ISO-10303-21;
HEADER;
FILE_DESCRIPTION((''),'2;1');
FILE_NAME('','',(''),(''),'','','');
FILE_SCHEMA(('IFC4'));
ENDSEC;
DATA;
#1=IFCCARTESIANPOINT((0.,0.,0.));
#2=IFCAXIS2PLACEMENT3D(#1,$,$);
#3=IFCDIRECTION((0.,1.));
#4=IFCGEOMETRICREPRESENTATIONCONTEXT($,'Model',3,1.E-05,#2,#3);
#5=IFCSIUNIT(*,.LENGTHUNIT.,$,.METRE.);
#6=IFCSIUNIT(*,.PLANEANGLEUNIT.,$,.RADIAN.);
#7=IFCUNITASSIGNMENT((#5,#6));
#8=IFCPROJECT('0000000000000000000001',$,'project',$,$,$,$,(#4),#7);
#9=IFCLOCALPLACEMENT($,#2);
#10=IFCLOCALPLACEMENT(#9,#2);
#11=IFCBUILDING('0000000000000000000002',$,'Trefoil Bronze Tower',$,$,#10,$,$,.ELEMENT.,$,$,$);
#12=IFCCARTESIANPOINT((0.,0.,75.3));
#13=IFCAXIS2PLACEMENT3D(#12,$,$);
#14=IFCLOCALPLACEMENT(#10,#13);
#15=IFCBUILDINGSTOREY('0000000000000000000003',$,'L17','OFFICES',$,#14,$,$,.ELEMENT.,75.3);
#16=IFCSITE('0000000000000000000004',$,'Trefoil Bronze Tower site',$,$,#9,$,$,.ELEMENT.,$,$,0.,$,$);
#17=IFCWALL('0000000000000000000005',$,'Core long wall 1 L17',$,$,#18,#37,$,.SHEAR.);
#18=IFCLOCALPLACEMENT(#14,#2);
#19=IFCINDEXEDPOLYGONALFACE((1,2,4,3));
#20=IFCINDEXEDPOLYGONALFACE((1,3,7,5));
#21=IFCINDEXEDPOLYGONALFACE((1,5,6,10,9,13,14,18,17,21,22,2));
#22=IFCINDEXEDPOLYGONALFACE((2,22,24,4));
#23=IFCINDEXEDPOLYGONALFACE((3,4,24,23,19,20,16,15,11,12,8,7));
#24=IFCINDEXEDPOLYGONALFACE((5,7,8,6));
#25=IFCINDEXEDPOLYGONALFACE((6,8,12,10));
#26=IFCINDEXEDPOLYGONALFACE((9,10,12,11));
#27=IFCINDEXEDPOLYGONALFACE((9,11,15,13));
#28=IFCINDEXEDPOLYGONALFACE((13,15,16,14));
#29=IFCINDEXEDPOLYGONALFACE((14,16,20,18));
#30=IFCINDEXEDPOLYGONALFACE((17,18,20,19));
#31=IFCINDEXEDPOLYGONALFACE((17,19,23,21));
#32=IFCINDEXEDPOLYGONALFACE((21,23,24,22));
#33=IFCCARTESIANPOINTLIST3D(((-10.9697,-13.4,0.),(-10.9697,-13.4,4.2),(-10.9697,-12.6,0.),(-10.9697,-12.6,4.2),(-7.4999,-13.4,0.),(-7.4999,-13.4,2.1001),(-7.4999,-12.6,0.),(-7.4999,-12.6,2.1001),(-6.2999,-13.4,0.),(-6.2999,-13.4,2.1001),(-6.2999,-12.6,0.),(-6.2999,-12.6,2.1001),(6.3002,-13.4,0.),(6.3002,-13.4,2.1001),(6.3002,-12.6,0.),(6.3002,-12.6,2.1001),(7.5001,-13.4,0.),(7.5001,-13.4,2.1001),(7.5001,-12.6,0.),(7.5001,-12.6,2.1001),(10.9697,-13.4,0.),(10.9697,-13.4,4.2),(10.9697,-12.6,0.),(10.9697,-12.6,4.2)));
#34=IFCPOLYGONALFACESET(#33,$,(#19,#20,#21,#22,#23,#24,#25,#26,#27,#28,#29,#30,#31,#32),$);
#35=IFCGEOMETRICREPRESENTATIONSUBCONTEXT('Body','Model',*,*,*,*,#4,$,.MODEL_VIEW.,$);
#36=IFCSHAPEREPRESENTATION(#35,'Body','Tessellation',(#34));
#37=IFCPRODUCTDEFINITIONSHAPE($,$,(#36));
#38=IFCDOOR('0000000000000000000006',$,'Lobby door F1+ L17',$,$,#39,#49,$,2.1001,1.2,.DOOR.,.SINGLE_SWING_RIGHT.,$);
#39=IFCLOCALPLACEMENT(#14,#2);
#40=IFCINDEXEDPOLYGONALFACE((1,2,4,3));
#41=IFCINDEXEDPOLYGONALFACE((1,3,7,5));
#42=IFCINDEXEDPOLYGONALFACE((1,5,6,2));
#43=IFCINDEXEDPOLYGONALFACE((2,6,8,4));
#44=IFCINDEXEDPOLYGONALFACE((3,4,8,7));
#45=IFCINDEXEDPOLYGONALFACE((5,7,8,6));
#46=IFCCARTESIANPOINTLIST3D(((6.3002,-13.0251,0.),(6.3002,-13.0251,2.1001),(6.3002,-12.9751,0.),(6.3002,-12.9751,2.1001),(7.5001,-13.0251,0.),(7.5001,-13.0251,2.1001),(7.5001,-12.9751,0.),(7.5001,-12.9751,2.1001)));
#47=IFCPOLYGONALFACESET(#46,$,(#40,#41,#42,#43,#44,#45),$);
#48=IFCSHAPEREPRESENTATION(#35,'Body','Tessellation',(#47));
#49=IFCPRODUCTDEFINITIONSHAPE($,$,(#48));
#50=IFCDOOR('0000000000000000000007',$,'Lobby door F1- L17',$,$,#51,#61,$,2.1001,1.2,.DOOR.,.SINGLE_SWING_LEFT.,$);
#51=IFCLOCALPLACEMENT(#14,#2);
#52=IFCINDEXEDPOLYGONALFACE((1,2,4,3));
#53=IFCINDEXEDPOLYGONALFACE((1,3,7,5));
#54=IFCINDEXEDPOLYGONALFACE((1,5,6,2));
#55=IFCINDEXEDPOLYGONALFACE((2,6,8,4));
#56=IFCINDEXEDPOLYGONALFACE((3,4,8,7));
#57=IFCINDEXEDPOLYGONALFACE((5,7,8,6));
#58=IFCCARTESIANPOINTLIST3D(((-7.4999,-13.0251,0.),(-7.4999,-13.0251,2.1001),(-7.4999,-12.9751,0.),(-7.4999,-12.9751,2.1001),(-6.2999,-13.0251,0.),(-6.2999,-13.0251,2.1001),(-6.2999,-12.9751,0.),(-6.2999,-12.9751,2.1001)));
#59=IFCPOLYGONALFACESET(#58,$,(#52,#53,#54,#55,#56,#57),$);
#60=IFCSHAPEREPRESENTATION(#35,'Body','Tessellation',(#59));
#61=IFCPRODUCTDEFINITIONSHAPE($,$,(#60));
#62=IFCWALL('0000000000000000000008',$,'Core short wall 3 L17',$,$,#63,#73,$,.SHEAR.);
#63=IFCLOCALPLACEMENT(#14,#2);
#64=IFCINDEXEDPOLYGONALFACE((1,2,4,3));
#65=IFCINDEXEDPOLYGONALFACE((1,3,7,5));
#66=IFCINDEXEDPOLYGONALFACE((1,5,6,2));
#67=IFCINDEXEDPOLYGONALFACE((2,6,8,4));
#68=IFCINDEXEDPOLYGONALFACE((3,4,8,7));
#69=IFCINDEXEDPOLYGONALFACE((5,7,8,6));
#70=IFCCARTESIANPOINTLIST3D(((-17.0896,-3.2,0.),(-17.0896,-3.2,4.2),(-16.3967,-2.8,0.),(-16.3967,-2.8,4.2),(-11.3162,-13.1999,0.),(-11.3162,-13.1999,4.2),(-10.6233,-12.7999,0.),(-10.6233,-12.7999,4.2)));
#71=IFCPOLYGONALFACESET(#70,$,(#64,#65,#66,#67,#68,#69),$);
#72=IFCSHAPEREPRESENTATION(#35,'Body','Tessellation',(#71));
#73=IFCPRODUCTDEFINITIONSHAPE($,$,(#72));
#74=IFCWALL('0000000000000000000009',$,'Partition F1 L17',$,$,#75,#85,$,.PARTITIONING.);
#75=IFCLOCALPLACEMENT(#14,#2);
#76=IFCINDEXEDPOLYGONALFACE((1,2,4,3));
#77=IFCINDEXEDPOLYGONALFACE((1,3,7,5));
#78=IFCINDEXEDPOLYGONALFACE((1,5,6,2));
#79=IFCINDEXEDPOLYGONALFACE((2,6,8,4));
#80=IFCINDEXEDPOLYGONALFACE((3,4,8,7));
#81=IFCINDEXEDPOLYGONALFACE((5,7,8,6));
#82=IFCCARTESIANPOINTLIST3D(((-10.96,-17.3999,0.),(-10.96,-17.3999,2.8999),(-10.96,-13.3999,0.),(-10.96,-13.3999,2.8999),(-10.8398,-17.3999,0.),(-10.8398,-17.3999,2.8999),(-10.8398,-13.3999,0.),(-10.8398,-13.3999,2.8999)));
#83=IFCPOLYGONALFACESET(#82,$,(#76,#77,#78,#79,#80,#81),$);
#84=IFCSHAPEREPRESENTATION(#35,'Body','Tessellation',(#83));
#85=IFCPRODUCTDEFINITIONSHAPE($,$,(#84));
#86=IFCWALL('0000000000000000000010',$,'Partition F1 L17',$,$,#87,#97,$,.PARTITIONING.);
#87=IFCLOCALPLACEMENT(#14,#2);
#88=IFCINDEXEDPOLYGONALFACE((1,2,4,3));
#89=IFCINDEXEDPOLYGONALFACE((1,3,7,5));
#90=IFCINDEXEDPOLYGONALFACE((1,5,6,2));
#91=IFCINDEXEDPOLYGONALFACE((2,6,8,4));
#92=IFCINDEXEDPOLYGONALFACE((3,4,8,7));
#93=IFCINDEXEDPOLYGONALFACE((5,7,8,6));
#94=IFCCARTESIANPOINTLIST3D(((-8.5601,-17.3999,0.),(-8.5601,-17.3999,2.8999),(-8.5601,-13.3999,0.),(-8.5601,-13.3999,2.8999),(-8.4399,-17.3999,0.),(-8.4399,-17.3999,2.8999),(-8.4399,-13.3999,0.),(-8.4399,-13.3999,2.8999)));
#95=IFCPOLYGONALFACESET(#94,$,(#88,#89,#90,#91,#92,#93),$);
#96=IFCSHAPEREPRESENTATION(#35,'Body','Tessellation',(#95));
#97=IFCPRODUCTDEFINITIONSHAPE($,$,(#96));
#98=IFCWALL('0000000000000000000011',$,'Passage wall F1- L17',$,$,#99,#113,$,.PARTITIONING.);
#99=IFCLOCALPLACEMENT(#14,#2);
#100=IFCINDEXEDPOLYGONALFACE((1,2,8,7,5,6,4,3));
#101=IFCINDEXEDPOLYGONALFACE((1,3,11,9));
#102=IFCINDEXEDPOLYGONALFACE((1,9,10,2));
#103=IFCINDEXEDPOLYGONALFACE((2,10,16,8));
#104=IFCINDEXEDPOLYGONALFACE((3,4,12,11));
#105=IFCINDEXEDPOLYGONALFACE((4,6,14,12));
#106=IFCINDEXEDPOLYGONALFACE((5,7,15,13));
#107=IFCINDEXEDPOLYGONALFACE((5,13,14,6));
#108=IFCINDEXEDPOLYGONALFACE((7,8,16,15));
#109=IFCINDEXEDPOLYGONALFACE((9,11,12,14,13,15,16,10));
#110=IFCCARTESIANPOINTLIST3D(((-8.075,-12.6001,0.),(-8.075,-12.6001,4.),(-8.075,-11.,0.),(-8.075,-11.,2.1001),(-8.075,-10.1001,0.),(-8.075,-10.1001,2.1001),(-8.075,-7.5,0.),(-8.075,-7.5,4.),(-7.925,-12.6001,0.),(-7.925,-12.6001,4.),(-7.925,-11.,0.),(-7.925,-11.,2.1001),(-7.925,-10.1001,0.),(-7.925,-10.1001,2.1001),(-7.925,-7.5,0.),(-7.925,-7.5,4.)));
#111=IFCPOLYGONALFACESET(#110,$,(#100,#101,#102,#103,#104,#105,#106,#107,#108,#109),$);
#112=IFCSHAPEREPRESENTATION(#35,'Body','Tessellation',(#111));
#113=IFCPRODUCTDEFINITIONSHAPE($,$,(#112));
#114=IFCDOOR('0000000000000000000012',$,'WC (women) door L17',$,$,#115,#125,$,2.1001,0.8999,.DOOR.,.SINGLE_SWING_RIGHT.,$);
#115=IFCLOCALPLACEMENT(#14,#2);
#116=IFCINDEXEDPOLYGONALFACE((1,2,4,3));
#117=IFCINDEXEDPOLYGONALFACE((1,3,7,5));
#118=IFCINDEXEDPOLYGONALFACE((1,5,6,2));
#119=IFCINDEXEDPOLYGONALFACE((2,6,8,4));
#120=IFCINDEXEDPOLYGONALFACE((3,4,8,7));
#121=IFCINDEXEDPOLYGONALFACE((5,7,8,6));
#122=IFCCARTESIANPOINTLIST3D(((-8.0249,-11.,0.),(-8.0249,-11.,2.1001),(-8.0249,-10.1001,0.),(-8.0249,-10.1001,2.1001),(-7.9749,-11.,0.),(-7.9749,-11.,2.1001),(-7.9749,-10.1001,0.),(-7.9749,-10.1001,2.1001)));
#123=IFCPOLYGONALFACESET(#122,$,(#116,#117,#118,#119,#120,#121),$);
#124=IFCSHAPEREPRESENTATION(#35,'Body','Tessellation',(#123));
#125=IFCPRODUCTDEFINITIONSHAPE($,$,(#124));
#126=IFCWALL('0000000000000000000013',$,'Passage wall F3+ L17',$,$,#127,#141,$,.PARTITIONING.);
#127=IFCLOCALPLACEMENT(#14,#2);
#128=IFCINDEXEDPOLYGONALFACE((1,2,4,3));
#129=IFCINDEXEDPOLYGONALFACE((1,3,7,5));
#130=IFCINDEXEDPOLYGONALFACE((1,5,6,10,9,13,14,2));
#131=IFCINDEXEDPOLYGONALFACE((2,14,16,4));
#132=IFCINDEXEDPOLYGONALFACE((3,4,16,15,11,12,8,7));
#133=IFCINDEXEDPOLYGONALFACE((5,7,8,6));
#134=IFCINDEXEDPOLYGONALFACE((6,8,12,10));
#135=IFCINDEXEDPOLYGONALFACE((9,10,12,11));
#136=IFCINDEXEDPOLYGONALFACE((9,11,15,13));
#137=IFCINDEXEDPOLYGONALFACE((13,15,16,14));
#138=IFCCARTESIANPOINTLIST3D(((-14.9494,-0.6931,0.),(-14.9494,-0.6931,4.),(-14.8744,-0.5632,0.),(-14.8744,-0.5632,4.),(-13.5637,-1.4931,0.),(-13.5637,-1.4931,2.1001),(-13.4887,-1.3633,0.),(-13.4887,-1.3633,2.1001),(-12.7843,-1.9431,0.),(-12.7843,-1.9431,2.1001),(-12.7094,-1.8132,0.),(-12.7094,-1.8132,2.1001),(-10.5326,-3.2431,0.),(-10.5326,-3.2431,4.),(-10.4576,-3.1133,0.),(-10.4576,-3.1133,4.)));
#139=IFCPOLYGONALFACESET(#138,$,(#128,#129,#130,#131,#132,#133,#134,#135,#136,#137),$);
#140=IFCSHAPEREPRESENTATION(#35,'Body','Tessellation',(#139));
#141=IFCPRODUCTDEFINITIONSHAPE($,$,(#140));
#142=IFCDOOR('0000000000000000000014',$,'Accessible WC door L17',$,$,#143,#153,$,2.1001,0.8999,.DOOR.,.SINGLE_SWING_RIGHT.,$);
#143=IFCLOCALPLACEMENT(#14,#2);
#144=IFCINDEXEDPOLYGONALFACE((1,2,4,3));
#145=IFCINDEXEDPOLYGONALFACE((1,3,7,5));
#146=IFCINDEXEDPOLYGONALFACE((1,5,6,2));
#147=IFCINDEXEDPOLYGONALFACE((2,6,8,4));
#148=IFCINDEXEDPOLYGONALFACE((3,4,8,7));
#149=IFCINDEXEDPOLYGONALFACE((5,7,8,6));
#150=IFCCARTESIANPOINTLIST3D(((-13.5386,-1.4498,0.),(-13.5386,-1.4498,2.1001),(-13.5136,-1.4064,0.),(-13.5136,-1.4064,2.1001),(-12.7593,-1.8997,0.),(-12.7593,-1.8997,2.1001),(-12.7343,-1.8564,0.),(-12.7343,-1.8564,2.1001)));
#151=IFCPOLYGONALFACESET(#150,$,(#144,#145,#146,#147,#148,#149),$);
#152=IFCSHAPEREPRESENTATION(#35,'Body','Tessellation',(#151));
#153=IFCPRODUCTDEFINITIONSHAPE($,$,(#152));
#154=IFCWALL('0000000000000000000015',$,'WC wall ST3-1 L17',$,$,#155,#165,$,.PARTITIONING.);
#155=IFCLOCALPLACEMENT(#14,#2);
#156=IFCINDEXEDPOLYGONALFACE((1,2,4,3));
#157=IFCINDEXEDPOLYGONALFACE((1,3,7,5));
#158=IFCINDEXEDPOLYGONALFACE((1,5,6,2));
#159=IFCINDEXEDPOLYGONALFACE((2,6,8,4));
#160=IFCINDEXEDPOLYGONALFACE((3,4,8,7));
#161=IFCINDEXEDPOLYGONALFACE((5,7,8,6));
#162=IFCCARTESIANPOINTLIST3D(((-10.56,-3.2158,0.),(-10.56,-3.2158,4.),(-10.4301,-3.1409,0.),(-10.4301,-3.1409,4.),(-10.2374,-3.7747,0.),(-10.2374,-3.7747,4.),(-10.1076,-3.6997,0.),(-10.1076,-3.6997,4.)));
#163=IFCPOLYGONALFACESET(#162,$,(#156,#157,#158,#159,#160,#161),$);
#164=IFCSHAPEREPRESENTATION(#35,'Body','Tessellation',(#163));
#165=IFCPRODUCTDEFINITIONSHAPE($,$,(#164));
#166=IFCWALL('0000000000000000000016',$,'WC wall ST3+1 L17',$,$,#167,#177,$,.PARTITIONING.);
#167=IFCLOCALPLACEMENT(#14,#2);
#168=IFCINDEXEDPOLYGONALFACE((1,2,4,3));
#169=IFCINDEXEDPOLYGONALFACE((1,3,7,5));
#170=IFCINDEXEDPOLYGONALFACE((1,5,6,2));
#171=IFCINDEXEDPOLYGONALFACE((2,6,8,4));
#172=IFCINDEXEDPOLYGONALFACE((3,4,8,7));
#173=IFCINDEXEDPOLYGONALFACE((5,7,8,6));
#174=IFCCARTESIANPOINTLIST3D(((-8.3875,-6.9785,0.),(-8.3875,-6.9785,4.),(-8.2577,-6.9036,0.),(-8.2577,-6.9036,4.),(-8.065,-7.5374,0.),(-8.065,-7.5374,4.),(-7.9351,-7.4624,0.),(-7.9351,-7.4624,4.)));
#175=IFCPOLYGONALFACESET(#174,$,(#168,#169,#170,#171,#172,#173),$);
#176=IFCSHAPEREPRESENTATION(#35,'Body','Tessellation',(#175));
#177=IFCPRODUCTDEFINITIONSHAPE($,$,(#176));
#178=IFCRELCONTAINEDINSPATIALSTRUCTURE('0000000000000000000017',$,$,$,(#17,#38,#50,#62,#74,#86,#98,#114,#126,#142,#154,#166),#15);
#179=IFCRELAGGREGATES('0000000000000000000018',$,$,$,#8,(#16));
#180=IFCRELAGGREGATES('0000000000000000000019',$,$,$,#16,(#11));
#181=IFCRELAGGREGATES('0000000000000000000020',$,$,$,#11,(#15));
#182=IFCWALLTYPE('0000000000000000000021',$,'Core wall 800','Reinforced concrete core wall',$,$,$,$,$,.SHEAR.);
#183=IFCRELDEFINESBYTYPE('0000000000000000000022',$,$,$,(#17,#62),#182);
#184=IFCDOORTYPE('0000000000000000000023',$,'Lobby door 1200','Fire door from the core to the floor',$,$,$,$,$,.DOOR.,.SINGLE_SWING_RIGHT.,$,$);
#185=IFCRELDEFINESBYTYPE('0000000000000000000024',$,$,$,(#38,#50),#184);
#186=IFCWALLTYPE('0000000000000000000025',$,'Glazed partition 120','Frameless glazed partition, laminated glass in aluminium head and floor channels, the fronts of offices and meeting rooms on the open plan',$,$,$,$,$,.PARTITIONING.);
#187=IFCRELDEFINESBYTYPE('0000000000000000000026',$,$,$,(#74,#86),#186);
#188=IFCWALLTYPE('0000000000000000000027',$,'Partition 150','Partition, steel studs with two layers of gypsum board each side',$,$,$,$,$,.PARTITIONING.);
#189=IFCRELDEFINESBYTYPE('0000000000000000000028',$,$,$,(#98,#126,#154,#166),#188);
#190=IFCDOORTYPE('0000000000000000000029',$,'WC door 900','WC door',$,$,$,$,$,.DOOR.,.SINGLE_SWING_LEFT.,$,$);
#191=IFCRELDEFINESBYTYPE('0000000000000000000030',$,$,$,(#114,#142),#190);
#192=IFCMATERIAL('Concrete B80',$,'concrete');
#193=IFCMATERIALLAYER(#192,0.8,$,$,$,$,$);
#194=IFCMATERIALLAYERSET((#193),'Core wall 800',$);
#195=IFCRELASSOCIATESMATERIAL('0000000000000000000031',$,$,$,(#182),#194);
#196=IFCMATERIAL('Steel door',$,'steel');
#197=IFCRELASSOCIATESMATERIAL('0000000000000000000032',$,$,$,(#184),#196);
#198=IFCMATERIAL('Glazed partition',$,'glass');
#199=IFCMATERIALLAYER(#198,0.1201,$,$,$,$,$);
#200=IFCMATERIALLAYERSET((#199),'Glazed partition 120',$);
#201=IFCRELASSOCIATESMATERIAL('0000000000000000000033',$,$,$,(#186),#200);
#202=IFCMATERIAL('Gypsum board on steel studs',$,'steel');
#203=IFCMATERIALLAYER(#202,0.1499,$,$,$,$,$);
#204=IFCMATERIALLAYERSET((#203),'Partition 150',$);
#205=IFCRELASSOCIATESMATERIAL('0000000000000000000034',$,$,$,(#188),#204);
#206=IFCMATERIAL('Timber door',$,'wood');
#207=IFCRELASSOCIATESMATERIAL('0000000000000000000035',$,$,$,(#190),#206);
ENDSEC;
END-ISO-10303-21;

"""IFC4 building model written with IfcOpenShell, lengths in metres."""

from ifc_helpers import new_model, si_unit, direction, frame, frame_2d, origin, place, context, subcontext, project, spatial, rectangle, extrude, material, layer, layer_set, type_object, element, fill, save


model = new_model("IFC4")

# Units and contexts
model_context = context("Model", 3, precision=1e-05, world=origin(), true_north=direction((0.0, 1.0)))
body_context = subcontext(model_context, "Body", "Model", "MODEL_VIEW")
ifc_project = project(units=[si_unit("LENGTHUNIT", "METRE"), si_unit("PLANEANGLEUNIT", "RADIAN")], contexts=[model_context])

# Site, building, storey
site_placement = place(None, origin())
site = spatial("IfcSite", under=ifc_project, at=site_placement, Name="Trefoil Bronze Tower site", CompositionType="ELEMENT", RefElevation=0.0)
building_placement = place(site_placement, origin())
building = spatial("IfcBuilding", under=site, at=building_placement, Name="Trefoil Bronze Tower", CompositionType="ELEMENT")
storey_placement = place(building_placement, frame((0.0, 0.0, 75.3)))
storey = spatial("IfcBuildingStorey", under=building, at=storey_placement, Name="L17", Description="OFFICES", CompositionType="ELEMENT", Elevation=75.3)

# Wall, openings, doors
ifc_material_1 = material(Name="Concrete B80", Category="concrete")
ifc_layer_1 = layer(ifc_material_1, 0.8)
ifc_layer_set_1 = layer_set([ifc_layer_1], Name="Core wall 800")
wall_type_1 = type_object("IfcWallType", Name="Core wall 800", Description="Reinforced concrete core wall", PredefinedType="SHEAR", material=ifc_layer_set_1)
wall_1_placement = place(storey_placement, frame((-10.9697, -13.0, 0.0), z_axis=(0.0, 0.0, 1.0), x_axis=(1.0, 0.0, 0.0)))
wall_1 = element("IfcWall", 1, at=wall_1_placement, inside=storey, type_object=wall_type_1, Name="Core long wall 1 L17", PredefinedType="SHEAR", context=body_context, shape_type="SweptSolid", body=[
    extrude(rectangle(XDim=21.9395, YDim=0.8, at=frame_2d((10.9697, 0.0))), origin(), (0.0, 0.0, 1.0), 4.2),
])
opening_1_placement = place(wall_1_placement, frame((17.2698, 0.0, 0.0)))
opening_1 = element("IfcOpeningElement", 2, at=opening_1_placement, cuts=wall_1, PredefinedType="OPENING", context=body_context, shape_type="SweptSolid", body=[
    extrude(rectangle(XDim=1.2, YDim=2.1001, at=frame_2d((0.6001, 1.05))), frame((0.0, 0.4099, 0.0), z_axis=(0.0, -1.0, 0.0), x_axis=(1.0, 0.0, 0.0)), (0.0, 0.0, 1.0), 0.8201),
])
opening_2_placement = place(wall_1_placement, frame((3.4697, 0.0, 0.0)))
opening_2 = element("IfcOpeningElement", 3, at=opening_2_placement, cuts=wall_1, PredefinedType="OPENING", context=body_context, shape_type="SweptSolid", body=[
    extrude(rectangle(XDim=1.2, YDim=2.1001, at=frame_2d((0.6001, 1.05))), frame((0.0, 0.4099, 0.0), z_axis=(0.0, -1.0, 0.0), x_axis=(1.0, 0.0, 0.0)), (0.0, 0.0, 1.0), 0.8201),
])
ifc_material_2 = material(Name="Steel door", Category="steel")
door_type_1 = type_object("IfcDoorType", Name="Lobby door 1200", Description="Fire door from the core to the floor", OperationType="SINGLE_SWING_RIGHT", PredefinedType="DOOR", material=ifc_material_2)
door_1_placement = place(opening_1_placement, origin())
door_1 = element("IfcDoor", 4, at=door_1_placement, inside=storey, type_object=door_type_1, Name="Lobby door F1+ L17", OperationType="SINGLE_SWING_RIGHT", OverallHeight=2.1001, OverallWidth=1.2, PredefinedType="DOOR", context=body_context, shape_type="SweptSolid", body=[
    extrude(rectangle(XDim=1.2, YDim=2.1001, at=frame_2d((0.6001, 1.05))), frame((0.0, 0.0249, 0.0), z_axis=(0.0, -1.0, 0.0), x_axis=(1.0, 0.0, 0.0)), (0.0, 0.0, 1.0), 0.05),
])
fill(opening_1, door_1)
door_2_placement = place(opening_2_placement, origin())
door_2 = element("IfcDoor", 5, at=door_2_placement, inside=storey, type_object=door_type_1, Name="Lobby door F1- L17", OperationType="SINGLE_SWING_LEFT", OverallHeight=2.1001, OverallWidth=1.2, PredefinedType="DOOR", context=body_context, shape_type="SweptSolid", body=[
    extrude(rectangle(XDim=1.2, YDim=2.1001, at=frame_2d((0.6001, 1.05))), frame((0.0, 0.0249, 0.0), z_axis=(0.0, -1.0, 0.0), x_axis=(1.0, 0.0, 0.0)), (0.0, 0.0, 1.0), 0.05),
])
fill(opening_2, door_2)

# Walls
wall_2_placement = place(storey_placement, frame((-16.7432, -3.0, 0.0), z_axis=(0.0, 0.0, 1.0), x_axis=(0.499996, -0.866028, 0.0)))
element("IfcWall", 6, at=wall_2_placement, inside=storey, type_object=wall_type_1, Name="Core short wall 3 L17", PredefinedType="SHEAR", context=body_context, shape_type="SweptSolid", body=[
    extrude(rectangle(XDim=11.5469, YDim=0.8, at=frame_2d((5.7734, 0.0))), origin(), (0.0, 0.0, 1.0), 4.2),
])
ifc_material_3 = material(Name="Glazed partition", Category="glass")
ifc_layer_2 = layer(ifc_material_3, 0.1201)
ifc_layer_set_2 = layer_set([ifc_layer_2], Name="Glazed partition 120")
wall_type_2 = type_object("IfcWallType", Name="Glazed partition 120", Description="Frameless glazed partition, laminated glass in aluminium head and floor channels, the fronts of offices and meeting rooms on the open plan", PredefinedType="PARTITIONING", material=ifc_layer_set_2)
for number, where, z_axis, x_axis, name in (
    (7, (-10.8999, -13.3999, 0.0), (0.0, 0.0, 1.0), (0.0, -1.0, 0.0), "Partition F1 L17"),
    (8, (-8.5, -13.3999, 0.0), (0.0, 0.0, 1.0), (0.0, -1.0, 0.0), "Partition F1 L17"),
):
    element("IfcWall", number, at=place(storey_placement, frame(where, z_axis=z_axis, x_axis=x_axis)), inside=storey, type_object=wall_type_2, Name=name, PredefinedType="PARTITIONING", context=body_context, shape_type="SweptSolid", body=[
        extrude(rectangle(XDim=4.0, YDim=0.1201, at=frame_2d((2.0, 0.0))), origin(), (0.0, 0.0, 1.0), 2.8999),
    ])

# Walls, openings, doors
ifc_material_4 = material(Name="Gypsum board on steel studs", Category="steel")
ifc_layer_3 = layer(ifc_material_4, 0.1499)
ifc_layer_set_3 = layer_set([ifc_layer_3], Name="Partition 150")
wall_type_3 = type_object("IfcWallType", Name="Partition 150", Description="Partition, steel studs with two layers of gypsum board each side", PredefinedType="PARTITIONING", material=ifc_layer_set_3)
wall_3_placement = place(storey_placement, frame((-8.0, -7.5, 0.0), z_axis=(0.0, 0.0, 1.0), x_axis=(0.0, -1.0, 0.0)))
wall_3 = element("IfcWall", 9, at=wall_3_placement, inside=storey, type_object=wall_type_3, Name="Passage wall F1- L17", PredefinedType="PARTITIONING", context=body_context, shape_type="SweptSolid", body=[
    extrude(rectangle(XDim=5.1001, YDim=0.1499, at=frame_2d((2.55, 0.0))), origin(), (0.0, 0.0, 1.0), 4.0),
])
opening_3_placement = place(wall_3_placement, frame((2.6001, 0.0, 0.0)))
opening_3 = element("IfcOpeningElement", 10, at=opening_3_placement, cuts=wall_3, PredefinedType="OPENING", context=body_context, shape_type="SweptSolid", body=[
    extrude(rectangle(XDim=0.8999, YDim=2.1001, at=frame_2d((0.45, 1.05))), frame((0.0, 0.085, 0.0), z_axis=(0.0, -1.0, 0.0), x_axis=(1.0, 0.0, 0.0)), (0.0, 0.0, 1.0), 0.1699),
])
ifc_material_5 = material(Name="Timber door", Category="wood")
door_type_2 = type_object("IfcDoorType", Name="WC door 900", Description="WC door", OperationType="SINGLE_SWING_LEFT", PredefinedType="DOOR", material=ifc_material_5)
door_3_placement = place(opening_3_placement, frame((0.8999, 0.0, 0.0), z_axis=(0.0, 0.0, 1.0), x_axis=(-1.0, 0.0, 0.0)))
door_3 = element("IfcDoor", 11, at=door_3_placement, inside=storey, type_object=door_type_2, Name="WC (women) door L17", OperationType="SINGLE_SWING_RIGHT", OverallHeight=2.1001, OverallWidth=0.8999, PredefinedType="DOOR", context=body_context, shape_type="SweptSolid", body=[
    extrude(rectangle(XDim=0.8999, YDim=2.1001, at=frame_2d((0.45, 1.05))), frame((0.0, 0.0249, 0.0), z_axis=(0.0, -1.0, 0.0), x_axis=(1.0, 0.0, 0.0)), (0.0, 0.0, 1.0), 0.05),
])
fill(opening_3, door_3)
wall_4_placement = place(storey_placement, frame((-10.4951, -3.1782, 0.0), z_axis=(0.0, 0.0, 1.0), x_axis=(-0.866022, 0.500006, 0.0)))
wall_4 = element("IfcWall", 12, at=wall_4_placement, inside=storey, type_object=wall_type_3, Name="Passage wall F3+ L17", PredefinedType="PARTITIONING", context=body_context, shape_type="SweptSolid", body=[
    extrude(rectangle(XDim=5.1001, YDim=0.1499, at=frame_2d((2.55, 0.0))), origin(), (0.0, 0.0, 1.0), 4.0),
])
opening_4_placement = place(wall_4_placement, frame((2.6001, 0.0, 0.0)))
opening_4 = element("IfcOpeningElement", 13, at=opening_4_placement, cuts=wall_4, PredefinedType="OPENING", context=body_context, shape_type="SweptSolid", body=[
    extrude(rectangle(XDim=0.8999, YDim=2.1001, at=frame_2d((0.45, 1.05))), frame((0.0, 0.085, 0.0), z_axis=(0.0, -1.0, 0.0), x_axis=(1.0, 0.0, 0.0)), (0.0, 0.0, 1.0), 0.1699),
])
door_4_placement = place(opening_4_placement, origin())
door_4 = element("IfcDoor", 14, at=door_4_placement, inside=storey, type_object=door_type_2, Name="Accessible WC door L17", OperationType="SINGLE_SWING_RIGHT", OverallHeight=2.1001, OverallWidth=0.8999, PredefinedType="DOOR", context=body_context, shape_type="SweptSolid", body=[
    extrude(rectangle(XDim=0.8999, YDim=2.1001, at=frame_2d((0.45, 1.05))), frame((0.0, 0.0249, 0.0), z_axis=(0.0, -1.0, 0.0), x_axis=(1.0, 0.0, 0.0)), (0.0, 0.0, 1.0), 0.05),
])
fill(opening_4, door_4)

# Walls
for number, where, z_axis, x_axis, name in (
    (15, (-10.4951, -3.1782, 0.0), (0.0, 0.0, 1.0), (0.499843, -0.866116, 0.0), "WC wall ST3-1 L17"),
    (16, (-8.0, -7.5, 0.0), (0.0, 0.0, 1.0), (-0.499843, 0.866116, 0.0), "WC wall ST3+1 L17"),
):
    element("IfcWall", number, at=place(storey_placement, frame(where, z_axis=z_axis, x_axis=x_axis)), inside=storey, type_object=wall_type_3, Name=name, PredefinedType="PARTITIONING", context=body_context, shape_type="SweptSolid", body=[
        extrude(rectangle(XDim=0.6453, YDim=0.1499, at=frame_2d((0.3228, 0.0))), origin(), (0.0, 0.0, 1.0), 4.0),
    ])

save(model, "model.ifc")
